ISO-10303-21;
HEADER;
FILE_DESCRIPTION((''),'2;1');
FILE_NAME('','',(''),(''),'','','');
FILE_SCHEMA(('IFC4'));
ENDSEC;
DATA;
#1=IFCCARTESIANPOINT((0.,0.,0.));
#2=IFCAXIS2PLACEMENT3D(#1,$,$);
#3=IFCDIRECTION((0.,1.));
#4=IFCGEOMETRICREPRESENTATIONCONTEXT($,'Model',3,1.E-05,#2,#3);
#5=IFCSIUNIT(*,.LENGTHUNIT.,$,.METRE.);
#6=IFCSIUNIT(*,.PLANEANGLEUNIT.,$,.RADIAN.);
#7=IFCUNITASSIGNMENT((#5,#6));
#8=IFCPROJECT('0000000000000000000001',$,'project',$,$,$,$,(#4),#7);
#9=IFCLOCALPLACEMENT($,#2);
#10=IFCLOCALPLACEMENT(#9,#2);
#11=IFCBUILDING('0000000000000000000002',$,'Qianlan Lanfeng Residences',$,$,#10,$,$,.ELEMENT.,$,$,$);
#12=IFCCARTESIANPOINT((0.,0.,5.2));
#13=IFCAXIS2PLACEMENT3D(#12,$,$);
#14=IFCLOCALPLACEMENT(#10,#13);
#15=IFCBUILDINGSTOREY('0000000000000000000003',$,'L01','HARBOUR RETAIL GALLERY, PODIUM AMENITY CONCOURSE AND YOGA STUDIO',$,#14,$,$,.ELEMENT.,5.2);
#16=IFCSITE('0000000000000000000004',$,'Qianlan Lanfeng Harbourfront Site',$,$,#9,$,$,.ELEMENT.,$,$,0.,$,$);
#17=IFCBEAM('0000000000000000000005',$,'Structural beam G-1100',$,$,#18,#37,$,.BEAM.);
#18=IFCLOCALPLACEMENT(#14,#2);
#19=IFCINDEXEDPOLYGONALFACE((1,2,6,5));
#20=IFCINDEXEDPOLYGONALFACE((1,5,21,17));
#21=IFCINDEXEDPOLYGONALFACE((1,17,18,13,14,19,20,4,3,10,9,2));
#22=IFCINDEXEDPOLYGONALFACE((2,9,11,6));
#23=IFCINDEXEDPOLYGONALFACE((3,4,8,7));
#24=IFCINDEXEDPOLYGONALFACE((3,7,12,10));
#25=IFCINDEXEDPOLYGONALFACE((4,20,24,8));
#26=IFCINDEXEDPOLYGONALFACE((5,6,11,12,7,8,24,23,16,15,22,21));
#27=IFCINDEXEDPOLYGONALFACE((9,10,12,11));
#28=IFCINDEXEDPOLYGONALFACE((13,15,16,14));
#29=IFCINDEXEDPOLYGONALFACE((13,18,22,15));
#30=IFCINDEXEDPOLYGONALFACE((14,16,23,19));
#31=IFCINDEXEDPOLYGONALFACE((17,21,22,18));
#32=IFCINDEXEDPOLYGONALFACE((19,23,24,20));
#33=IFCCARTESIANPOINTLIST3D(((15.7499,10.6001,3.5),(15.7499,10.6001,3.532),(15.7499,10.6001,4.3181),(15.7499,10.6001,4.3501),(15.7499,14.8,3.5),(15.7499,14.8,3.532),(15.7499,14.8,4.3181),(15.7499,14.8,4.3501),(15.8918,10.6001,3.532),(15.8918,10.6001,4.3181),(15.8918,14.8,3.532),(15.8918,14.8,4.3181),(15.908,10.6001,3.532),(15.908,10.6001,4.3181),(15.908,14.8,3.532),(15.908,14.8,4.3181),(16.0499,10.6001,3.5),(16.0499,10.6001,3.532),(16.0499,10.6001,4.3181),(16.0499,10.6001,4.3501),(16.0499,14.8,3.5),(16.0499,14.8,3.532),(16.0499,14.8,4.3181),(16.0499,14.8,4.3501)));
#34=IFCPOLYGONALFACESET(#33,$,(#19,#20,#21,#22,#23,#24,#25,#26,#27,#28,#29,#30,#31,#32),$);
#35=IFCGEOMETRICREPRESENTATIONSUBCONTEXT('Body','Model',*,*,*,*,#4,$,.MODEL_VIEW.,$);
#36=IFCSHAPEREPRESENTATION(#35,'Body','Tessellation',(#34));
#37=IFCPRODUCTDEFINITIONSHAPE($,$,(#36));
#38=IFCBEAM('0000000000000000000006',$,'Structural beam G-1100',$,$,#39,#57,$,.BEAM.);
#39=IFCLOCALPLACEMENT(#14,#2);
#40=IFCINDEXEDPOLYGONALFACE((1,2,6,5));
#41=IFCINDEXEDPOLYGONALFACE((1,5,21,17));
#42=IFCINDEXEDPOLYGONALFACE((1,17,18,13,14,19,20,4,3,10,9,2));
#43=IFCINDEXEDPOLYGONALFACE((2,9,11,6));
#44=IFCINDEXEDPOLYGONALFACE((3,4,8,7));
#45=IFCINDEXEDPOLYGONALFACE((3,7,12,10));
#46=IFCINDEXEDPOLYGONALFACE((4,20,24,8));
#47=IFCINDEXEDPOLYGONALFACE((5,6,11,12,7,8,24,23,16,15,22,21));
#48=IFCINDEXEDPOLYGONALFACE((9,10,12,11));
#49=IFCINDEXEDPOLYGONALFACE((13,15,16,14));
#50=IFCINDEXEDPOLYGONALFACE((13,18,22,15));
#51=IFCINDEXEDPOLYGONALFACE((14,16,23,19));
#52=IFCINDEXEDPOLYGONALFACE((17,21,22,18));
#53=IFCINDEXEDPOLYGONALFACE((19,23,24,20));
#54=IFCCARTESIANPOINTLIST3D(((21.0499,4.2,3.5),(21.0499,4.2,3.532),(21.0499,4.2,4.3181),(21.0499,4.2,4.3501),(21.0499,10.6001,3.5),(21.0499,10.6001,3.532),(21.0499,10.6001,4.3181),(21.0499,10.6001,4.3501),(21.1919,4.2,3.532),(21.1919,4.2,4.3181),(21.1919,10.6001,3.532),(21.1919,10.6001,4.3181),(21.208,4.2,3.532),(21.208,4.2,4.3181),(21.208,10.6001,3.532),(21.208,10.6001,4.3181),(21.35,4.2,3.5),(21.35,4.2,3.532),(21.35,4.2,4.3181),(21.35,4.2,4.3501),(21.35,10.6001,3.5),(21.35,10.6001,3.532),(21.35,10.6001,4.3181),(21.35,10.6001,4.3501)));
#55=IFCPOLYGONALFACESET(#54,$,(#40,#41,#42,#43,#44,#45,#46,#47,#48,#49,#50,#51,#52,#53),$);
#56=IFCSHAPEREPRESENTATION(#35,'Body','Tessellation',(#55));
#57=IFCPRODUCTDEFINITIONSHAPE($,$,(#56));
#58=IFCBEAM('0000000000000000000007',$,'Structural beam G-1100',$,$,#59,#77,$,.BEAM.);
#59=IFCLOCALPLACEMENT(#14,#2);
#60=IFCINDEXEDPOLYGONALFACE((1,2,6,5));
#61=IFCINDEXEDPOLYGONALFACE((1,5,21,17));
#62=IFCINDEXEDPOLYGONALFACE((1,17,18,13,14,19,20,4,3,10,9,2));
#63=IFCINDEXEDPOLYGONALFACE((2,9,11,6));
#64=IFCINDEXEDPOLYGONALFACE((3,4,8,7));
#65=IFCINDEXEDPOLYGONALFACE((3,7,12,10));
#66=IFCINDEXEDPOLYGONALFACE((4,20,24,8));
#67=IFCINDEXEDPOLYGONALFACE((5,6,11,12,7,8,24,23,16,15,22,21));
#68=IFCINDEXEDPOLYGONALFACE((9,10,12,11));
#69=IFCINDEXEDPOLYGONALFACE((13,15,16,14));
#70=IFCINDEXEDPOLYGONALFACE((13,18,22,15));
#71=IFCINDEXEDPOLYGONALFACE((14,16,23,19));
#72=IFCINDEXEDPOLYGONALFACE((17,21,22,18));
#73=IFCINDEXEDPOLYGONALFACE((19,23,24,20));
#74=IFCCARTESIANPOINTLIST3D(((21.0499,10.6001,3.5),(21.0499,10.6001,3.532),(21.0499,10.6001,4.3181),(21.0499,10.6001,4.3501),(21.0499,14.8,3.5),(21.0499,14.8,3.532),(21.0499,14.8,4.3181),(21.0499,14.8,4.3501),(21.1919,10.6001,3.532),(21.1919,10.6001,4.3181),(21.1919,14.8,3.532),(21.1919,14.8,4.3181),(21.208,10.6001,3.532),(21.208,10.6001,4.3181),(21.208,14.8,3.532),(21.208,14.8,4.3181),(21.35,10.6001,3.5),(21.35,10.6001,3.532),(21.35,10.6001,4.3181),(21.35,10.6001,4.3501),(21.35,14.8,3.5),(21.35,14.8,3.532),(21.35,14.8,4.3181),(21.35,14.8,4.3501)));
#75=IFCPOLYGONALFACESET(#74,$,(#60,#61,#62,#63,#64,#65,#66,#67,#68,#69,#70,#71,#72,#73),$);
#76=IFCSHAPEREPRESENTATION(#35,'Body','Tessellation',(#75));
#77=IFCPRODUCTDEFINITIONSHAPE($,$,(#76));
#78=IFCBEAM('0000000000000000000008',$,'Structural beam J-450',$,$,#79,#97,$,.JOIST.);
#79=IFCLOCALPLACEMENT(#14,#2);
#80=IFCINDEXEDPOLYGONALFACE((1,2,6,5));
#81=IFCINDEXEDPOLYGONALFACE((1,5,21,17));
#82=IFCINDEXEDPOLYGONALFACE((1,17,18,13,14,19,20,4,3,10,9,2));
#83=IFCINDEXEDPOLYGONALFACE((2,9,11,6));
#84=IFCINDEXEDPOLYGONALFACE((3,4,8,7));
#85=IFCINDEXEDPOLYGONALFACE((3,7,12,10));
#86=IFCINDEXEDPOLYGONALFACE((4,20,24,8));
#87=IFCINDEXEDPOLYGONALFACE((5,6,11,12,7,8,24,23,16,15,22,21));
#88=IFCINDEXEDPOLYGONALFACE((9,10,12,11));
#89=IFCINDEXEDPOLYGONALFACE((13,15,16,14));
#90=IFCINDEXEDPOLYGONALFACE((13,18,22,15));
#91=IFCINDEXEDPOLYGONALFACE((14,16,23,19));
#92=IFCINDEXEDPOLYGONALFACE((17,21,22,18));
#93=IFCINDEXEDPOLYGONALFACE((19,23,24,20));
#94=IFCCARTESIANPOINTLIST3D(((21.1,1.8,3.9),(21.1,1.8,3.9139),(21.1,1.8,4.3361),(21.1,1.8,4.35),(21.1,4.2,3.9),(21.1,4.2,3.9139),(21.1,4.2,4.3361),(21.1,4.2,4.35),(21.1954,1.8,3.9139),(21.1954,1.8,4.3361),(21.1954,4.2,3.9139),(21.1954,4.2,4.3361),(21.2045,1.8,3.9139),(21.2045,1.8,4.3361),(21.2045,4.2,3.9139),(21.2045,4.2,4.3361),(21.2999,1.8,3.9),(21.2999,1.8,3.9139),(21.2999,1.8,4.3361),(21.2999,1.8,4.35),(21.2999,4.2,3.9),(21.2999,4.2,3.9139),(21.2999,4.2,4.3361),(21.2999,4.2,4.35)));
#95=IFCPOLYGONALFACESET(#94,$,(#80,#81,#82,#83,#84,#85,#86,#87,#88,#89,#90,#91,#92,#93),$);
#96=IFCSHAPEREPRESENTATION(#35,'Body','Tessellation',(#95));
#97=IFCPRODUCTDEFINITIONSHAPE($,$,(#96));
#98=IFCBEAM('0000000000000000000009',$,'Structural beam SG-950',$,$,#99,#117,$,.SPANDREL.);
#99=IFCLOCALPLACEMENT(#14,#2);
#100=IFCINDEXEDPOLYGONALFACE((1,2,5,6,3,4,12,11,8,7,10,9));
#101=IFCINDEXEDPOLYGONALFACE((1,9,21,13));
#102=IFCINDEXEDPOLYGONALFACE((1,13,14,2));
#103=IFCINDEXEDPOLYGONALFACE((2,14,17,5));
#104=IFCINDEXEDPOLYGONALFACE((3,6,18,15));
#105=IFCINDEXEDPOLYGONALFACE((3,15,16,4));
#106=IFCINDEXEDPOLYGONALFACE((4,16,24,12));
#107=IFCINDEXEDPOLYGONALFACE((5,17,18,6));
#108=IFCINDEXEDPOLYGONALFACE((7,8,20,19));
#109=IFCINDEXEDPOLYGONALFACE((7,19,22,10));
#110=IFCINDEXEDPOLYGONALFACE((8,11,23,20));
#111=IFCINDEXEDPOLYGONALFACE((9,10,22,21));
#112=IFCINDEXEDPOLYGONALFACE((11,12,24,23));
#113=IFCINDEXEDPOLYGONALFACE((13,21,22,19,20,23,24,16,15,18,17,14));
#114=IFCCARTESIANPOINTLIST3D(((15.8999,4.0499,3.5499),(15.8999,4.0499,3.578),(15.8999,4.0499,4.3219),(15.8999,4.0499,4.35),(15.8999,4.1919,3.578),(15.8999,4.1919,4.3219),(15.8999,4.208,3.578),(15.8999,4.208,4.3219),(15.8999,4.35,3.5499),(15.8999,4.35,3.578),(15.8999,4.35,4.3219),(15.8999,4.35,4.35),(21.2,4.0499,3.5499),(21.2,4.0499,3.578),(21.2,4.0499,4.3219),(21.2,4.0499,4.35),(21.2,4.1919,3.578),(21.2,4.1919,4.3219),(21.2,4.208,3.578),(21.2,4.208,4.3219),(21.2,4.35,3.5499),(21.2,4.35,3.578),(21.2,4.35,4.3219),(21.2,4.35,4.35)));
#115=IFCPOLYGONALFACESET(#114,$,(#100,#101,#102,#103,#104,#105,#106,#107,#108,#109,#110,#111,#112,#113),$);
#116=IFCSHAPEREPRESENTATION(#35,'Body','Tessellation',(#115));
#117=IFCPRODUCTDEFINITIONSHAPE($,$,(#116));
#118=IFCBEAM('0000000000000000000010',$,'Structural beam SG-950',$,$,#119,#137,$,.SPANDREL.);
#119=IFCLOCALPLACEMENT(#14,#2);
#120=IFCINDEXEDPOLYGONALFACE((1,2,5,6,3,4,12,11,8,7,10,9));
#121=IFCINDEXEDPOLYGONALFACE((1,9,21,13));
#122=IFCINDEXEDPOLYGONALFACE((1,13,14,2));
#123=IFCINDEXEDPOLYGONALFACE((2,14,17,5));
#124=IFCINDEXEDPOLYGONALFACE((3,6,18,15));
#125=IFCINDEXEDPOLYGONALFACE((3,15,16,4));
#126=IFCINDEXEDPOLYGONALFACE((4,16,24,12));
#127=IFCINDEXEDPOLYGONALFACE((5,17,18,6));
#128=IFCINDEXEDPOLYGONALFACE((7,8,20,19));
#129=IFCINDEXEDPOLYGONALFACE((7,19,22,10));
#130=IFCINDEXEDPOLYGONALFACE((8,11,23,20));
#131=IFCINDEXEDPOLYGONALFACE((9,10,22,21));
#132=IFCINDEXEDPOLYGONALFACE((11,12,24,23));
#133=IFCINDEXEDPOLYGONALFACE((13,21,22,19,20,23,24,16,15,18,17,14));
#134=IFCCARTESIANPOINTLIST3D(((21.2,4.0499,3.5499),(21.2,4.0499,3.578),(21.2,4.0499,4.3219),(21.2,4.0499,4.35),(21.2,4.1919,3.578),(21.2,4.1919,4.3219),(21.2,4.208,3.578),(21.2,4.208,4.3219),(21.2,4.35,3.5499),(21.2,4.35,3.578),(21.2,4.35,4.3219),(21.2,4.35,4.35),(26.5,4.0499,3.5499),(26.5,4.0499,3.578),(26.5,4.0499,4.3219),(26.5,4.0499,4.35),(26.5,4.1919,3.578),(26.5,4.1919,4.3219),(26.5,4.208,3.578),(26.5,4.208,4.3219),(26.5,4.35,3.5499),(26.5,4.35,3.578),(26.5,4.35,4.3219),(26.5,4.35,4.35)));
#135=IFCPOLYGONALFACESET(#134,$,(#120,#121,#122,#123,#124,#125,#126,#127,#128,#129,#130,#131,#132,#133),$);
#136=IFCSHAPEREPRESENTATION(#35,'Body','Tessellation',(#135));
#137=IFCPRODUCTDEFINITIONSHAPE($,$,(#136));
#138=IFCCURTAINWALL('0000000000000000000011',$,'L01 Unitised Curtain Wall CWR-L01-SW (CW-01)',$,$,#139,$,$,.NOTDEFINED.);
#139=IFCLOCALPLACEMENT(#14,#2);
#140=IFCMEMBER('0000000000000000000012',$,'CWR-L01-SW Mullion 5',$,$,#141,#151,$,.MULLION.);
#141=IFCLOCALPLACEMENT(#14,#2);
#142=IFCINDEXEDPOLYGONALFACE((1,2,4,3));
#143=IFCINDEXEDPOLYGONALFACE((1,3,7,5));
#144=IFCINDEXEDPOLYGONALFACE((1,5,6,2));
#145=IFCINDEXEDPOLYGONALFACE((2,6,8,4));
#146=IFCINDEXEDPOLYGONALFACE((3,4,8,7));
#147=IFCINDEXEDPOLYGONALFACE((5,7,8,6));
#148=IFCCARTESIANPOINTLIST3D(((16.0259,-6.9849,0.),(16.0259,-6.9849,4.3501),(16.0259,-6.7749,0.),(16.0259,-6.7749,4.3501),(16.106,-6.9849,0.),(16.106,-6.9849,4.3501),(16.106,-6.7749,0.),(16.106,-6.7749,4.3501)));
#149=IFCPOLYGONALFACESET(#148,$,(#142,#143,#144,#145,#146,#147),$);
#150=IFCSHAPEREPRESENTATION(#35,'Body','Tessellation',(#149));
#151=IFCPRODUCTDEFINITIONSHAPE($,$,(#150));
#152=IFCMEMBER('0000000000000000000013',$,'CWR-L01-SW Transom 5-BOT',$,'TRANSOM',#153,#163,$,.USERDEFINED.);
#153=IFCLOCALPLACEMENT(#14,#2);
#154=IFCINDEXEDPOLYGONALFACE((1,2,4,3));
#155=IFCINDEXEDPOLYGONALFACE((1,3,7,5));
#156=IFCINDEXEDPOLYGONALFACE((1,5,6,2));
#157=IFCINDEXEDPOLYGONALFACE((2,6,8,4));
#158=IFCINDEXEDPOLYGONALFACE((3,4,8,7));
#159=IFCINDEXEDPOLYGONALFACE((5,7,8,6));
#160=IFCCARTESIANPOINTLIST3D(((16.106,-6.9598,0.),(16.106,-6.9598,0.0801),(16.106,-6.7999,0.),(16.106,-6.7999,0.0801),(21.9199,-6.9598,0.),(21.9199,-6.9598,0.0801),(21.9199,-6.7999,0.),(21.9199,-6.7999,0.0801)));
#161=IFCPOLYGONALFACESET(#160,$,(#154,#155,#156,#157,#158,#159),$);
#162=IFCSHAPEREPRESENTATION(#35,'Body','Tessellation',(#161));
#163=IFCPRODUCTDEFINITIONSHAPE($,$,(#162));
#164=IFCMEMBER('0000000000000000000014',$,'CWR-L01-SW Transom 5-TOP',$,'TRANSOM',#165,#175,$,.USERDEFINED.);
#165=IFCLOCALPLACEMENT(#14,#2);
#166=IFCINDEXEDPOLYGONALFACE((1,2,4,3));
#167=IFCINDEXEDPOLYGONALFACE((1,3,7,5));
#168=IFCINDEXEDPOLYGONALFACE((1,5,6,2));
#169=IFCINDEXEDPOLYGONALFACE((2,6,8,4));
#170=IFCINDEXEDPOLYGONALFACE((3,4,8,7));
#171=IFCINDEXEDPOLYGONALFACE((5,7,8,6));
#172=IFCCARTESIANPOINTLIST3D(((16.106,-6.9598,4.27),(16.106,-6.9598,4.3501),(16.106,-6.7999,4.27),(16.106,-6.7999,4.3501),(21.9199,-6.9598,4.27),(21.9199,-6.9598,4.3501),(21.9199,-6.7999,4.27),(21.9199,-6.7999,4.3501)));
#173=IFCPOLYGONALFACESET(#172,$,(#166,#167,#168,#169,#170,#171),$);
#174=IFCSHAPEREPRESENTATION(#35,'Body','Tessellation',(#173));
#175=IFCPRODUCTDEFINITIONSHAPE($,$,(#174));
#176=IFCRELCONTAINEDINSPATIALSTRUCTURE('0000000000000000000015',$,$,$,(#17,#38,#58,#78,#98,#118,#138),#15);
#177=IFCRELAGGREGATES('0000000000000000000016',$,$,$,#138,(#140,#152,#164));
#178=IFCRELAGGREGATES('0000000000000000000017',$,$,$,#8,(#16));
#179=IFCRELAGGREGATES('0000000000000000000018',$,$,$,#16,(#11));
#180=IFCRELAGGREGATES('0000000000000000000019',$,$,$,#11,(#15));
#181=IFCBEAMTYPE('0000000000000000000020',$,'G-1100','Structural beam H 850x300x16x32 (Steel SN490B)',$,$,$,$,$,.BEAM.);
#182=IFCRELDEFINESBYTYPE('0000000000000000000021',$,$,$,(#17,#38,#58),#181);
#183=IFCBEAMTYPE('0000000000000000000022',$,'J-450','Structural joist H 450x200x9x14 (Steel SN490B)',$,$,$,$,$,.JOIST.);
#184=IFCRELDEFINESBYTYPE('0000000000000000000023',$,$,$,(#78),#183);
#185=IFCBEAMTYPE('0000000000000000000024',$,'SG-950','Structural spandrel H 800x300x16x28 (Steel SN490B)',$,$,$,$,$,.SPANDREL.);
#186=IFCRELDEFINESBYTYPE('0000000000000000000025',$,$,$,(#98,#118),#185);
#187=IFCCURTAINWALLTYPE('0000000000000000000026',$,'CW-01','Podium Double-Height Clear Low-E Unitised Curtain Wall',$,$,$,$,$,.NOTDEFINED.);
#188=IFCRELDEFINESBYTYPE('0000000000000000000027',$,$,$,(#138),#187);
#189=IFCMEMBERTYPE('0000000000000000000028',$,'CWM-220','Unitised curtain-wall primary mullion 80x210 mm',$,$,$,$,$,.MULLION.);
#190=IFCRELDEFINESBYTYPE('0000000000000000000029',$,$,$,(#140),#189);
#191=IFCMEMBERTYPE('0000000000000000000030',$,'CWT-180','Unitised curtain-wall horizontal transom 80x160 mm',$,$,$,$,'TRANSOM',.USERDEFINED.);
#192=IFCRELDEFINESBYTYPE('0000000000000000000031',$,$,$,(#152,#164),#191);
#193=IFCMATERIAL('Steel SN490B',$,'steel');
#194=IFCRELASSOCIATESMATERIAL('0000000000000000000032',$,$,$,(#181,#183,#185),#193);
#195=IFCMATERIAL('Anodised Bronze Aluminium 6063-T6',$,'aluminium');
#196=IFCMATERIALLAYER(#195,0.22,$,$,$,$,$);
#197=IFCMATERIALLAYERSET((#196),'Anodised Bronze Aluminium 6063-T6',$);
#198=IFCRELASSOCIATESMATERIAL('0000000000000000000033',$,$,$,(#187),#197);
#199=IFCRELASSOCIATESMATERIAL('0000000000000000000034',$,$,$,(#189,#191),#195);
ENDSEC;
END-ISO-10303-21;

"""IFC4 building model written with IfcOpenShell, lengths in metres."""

from ifc_helpers import new_model, si_unit, direction, frame, origin, origin_2d, place, context, subcontext, project, spatial, rectangle, i_section, extrude, source, transform, mapped, material, layer, layer_set, material_profile, profile_set, type_object, element, aggregate, save


model = new_model("IFC4")

# Units and contexts
model_context = context("Model", 3, precision=1e-05, world=origin(), true_north=direction((0.0, 1.0)))
body_context = subcontext(model_context, "Body", "Model", "MODEL_VIEW")
ifc_project = project(units=[si_unit("LENGTHUNIT", "METRE"), si_unit("PLANEANGLEUNIT", "RADIAN")], contexts=[model_context])

# Site, building, storey
site_placement = place(None, origin())
site = spatial("IfcSite", under=ifc_project, at=site_placement, Name="Qianlan Lanfeng Harbourfront Site", CompositionType="ELEMENT", RefElevation=0.0)
building_placement = place(site_placement, origin())
building = spatial("IfcBuilding", under=site, at=building_placement, Name="Qianlan Lanfeng Residences", CompositionType="ELEMENT")
storey_placement = place(building_placement, frame((0.0, 0.0, 5.2)))
storey = spatial("IfcBuildingStorey", under=building, at=storey_placement, Name="L01", Description="HARBOUR RETAIL GALLERY, PODIUM AMENITY CONCOURSE AND YOGA STUDIO", CompositionType="ELEMENT", Elevation=5.2)

# Beams
ifc_material_1 = material(Name="Steel SN490B", Category="steel")
ifc_material_profile_1 = material_profile(ifc_material_1, i_section(OverallWidth=0.3, OverallDepth=0.8501, WebThickness=0.0161, FlangeThickness=0.032, at=origin_2d()), Name="H 850x300x16x32")
ifc_profile_set_1 = profile_set([ifc_material_profile_1], Name="Steel SN490B")
beam_type_1 = type_object("IfcBeamType", Name="G-1100", Description="Structural beam H 850x300x16x32 (Steel SN490B)", PredefinedType="BEAM", material=ifc_profile_set_1)
beam_1_placement = place(storey_placement, frame((15.8999, 10.6001, 3.925), z_axis=(0.0, 1.0, 0.0), x_axis=(-1.0, 0.0, 0.0)))
element("IfcBeam", 1, at=beam_1_placement, inside=storey, type_object=beam_type_1, Name="Structural beam G-1100", PredefinedType="BEAM", context=body_context, shape_type="SweptSolid", body=[
    extrude(i_section(OverallWidth=0.3, OverallDepth=0.8501, WebThickness=0.0161, FlangeThickness=0.032, at=origin_2d()), origin(), (0.0, 0.0, 1.0), 4.2),
])
beam_2_placement = place(storey_placement, frame((21.2, 4.2, 3.925), z_axis=(0.0, 1.0, 0.0), x_axis=(-1.0, 0.0, 0.0)))
element("IfcBeam", 2, at=beam_2_placement, inside=storey, type_object=beam_type_1, Name="Structural beam G-1100", PredefinedType="BEAM", context=body_context, shape_type="SweptSolid", body=[
    extrude(i_section(OverallWidth=0.3, OverallDepth=0.8501, WebThickness=0.0161, FlangeThickness=0.032, at=origin_2d()), origin(), (0.0, 0.0, 1.0), 6.4001),
])
beam_3_placement = place(storey_placement, frame((21.2, 10.6001, 3.925), z_axis=(0.0, 1.0, 0.0), x_axis=(-1.0, 0.0, 0.0)))
element("IfcBeam", 3, at=beam_3_placement, inside=storey, type_object=beam_type_1, Name="Structural beam G-1100", PredefinedType="BEAM", context=body_context, shape_type="SweptSolid", body=[
    extrude(i_section(OverallWidth=0.3, OverallDepth=0.8501, WebThickness=0.0161, FlangeThickness=0.032, at=origin_2d()), origin(), (0.0, 0.0, 1.0), 4.2),
])
ifc_material_profile_2 = material_profile(ifc_material_1, i_section(OverallWidth=0.2, OverallDepth=0.45, WebThickness=0.009, FlangeThickness=0.0139, at=origin_2d()), Name="H 450x200x9x14")
ifc_profile_set_2 = profile_set([ifc_material_profile_2], Name="Steel SN490B")
beam_type_2 = type_object("IfcBeamType", Name="J-450", Description="Structural joist H 450x200x9x14 (Steel SN490B)", PredefinedType="JOIST", material=ifc_profile_set_2)
beam_4_placement = place(storey_placement, frame((21.2, 1.8, 4.125), z_axis=(0.0, 1.0, 0.0), x_axis=(-1.0, 0.0, 0.0)))
element("IfcBeam", 4, at=beam_4_placement, inside=storey, type_object=beam_type_2, Name="Structural beam J-450", PredefinedType="JOIST", context=body_context, shape_type="SweptSolid", body=[
    extrude(i_section(OverallWidth=0.2, OverallDepth=0.45, WebThickness=0.009, FlangeThickness=0.0139, at=origin_2d()), origin(), (0.0, 0.0, 1.0), 2.3999),
])
ifc_material_profile_3 = material_profile(ifc_material_1, i_section(OverallWidth=0.3, OverallDepth=0.8, WebThickness=0.0161, FlangeThickness=0.0281, at=origin_2d()), Name="H 800x300x16x28")
ifc_profile_set_3 = profile_set([ifc_material_profile_3], Name="Steel SN490B")
beam_type_3 = type_object("IfcBeamType", Name="SG-950", Description="Structural spandrel H 800x300x16x28 (Steel SN490B)", PredefinedType="SPANDREL", material=ifc_profile_set_3)
for number, where, z_axis, x_axis, name in (
    (5, (15.8999, 4.2, 3.95), (1.0, 0.0, 0.0), (0.0, 1.0, 0.0), "Structural beam SG-950"),
    (6, (21.2, 4.2, 3.95), (1.0, 0.0, 0.0), (0.0, 1.0, 0.0), "Structural beam SG-950"),
):
    element("IfcBeam", number, at=place(storey_placement, frame(where, z_axis=z_axis, x_axis=x_axis)), inside=storey, type_object=beam_type_3, Name=name, PredefinedType="SPANDREL", context=body_context, shape_type="SweptSolid", body=[
        extrude(i_section(OverallWidth=0.3, OverallDepth=0.8, WebThickness=0.0161, FlangeThickness=0.0281, at=origin_2d()), origin(), (0.0, 0.0, 1.0), 5.3),
    ])

# Curtain wall, members
ifc_material_2 = material(Name="Anodised Bronze Aluminium 6063-T6", Category="aluminium")
ifc_layer_1 = layer(ifc_material_2, 0.22)
ifc_layer_set_1 = layer_set([ifc_layer_1], Name="Anodised Bronze Aluminium 6063-T6")
curtain_wall_type = type_object("IfcCurtainWallType", Name="CW-01", Description="Podium Double-Height Clear Low-E Unitised Curtain Wall", PredefinedType="NOTDEFINED", material=ifc_layer_set_1)
curtain_wall_placement = place(storey_placement, origin())
curtain_wall = element("IfcCurtainWall", 7, at=curtain_wall_placement, inside=storey, type_object=curtain_wall_type, Name="L01 Unitised Curtain Wall CWR-L01-SW (CW-01)", PredefinedType="NOTDEFINED")
ifc_material_profile_4 = material_profile(ifc_material_2, rectangle(XDim=0.0801, YDim=0.21, at=origin_2d()), Name="ALU MULLION 80x210")
ifc_profile_set_4 = profile_set([ifc_material_profile_4], Name="Anodised Bronze Aluminium 6063-T6")
member_type_1 = type_object("IfcMemberType", Name="CWM-220", Description="Unitised curtain-wall primary mullion 80x210 mm", PredefinedType="MULLION", material=ifc_profile_set_4)
shared_shape_1 = source(origin(), body_context, "Body", "SweptSolid", [
    extrude(rectangle(XDim=0.0801, YDim=0.21, at=origin_2d()), origin(), (0.0, 0.0, 1.0), 4.3501),
])
member_1_placement = place(storey_placement, frame((16.0659, -6.8799, 0.0), z_axis=(0.0, 0.0, 1.0), x_axis=(1.0, 0.0, 0.0)))
member_1 = element("IfcMember", 8, at=member_1_placement, type_object=member_type_1, Name="CWR-L01-SW Mullion 5", PredefinedType="MULLION", context=body_context, shape_type="MappedRepresentation", body=[
    mapped(shared_shape_1, transform((0.0, 0.0, 0.0), scale=1.0)),
])
ifc_material_profile_5 = material_profile(ifc_material_2, rectangle(XDim=0.0801, YDim=0.1599, at=origin_2d()), Name="ALU TRANSOM 80x160")
ifc_profile_set_5 = profile_set([ifc_material_profile_5], Name="Anodised Bronze Aluminium 6063-T6")
member_type_2 = type_object("IfcMemberType", Name="CWT-180", Description="Unitised curtain-wall horizontal transom 80x160 mm", ElementType="TRANSOM", PredefinedType="USERDEFINED", material=ifc_profile_set_5)
shared_shape_2 = source(origin(), body_context, "Body", "SweptSolid", [
    extrude(rectangle(XDim=0.0801, YDim=0.1599, at=origin_2d()), origin(), (0.0, 0.0, 1.0), 5.814),
])
member_2_placement = place(storey_placement, frame((16.106, -6.8799, 0.04), z_axis=(1.0, 0.0, 0.0), x_axis=(0.0, 0.0, 1.0)))
member_2 = element("IfcMember", 9, at=member_2_placement, type_object=member_type_2, Name="CWR-L01-SW Transom 5-BOT", ObjectType="TRANSOM", PredefinedType="USERDEFINED", context=body_context, shape_type="MappedRepresentation", body=[
    mapped(shared_shape_2, transform((0.0, 0.0, 0.0), scale=1.0)),
])
member_3_placement = place(storey_placement, frame((16.106, -6.8799, 4.3101), z_axis=(1.0, 0.0, 0.0), x_axis=(0.0, 0.0, 1.0)))
member_3 = element("IfcMember", 10, at=member_3_placement, type_object=member_type_2, Name="CWR-L01-SW Transom 5-TOP", ObjectType="TRANSOM", PredefinedType="USERDEFINED", context=body_context, shape_type="MappedRepresentation", body=[
    mapped(shared_shape_2, transform((0.0, 0.0, 0.0), scale=1.0)),
])
aggregate(curtain_wall, [member_1, member_2, member_3])

save(model, "model.ifc")
